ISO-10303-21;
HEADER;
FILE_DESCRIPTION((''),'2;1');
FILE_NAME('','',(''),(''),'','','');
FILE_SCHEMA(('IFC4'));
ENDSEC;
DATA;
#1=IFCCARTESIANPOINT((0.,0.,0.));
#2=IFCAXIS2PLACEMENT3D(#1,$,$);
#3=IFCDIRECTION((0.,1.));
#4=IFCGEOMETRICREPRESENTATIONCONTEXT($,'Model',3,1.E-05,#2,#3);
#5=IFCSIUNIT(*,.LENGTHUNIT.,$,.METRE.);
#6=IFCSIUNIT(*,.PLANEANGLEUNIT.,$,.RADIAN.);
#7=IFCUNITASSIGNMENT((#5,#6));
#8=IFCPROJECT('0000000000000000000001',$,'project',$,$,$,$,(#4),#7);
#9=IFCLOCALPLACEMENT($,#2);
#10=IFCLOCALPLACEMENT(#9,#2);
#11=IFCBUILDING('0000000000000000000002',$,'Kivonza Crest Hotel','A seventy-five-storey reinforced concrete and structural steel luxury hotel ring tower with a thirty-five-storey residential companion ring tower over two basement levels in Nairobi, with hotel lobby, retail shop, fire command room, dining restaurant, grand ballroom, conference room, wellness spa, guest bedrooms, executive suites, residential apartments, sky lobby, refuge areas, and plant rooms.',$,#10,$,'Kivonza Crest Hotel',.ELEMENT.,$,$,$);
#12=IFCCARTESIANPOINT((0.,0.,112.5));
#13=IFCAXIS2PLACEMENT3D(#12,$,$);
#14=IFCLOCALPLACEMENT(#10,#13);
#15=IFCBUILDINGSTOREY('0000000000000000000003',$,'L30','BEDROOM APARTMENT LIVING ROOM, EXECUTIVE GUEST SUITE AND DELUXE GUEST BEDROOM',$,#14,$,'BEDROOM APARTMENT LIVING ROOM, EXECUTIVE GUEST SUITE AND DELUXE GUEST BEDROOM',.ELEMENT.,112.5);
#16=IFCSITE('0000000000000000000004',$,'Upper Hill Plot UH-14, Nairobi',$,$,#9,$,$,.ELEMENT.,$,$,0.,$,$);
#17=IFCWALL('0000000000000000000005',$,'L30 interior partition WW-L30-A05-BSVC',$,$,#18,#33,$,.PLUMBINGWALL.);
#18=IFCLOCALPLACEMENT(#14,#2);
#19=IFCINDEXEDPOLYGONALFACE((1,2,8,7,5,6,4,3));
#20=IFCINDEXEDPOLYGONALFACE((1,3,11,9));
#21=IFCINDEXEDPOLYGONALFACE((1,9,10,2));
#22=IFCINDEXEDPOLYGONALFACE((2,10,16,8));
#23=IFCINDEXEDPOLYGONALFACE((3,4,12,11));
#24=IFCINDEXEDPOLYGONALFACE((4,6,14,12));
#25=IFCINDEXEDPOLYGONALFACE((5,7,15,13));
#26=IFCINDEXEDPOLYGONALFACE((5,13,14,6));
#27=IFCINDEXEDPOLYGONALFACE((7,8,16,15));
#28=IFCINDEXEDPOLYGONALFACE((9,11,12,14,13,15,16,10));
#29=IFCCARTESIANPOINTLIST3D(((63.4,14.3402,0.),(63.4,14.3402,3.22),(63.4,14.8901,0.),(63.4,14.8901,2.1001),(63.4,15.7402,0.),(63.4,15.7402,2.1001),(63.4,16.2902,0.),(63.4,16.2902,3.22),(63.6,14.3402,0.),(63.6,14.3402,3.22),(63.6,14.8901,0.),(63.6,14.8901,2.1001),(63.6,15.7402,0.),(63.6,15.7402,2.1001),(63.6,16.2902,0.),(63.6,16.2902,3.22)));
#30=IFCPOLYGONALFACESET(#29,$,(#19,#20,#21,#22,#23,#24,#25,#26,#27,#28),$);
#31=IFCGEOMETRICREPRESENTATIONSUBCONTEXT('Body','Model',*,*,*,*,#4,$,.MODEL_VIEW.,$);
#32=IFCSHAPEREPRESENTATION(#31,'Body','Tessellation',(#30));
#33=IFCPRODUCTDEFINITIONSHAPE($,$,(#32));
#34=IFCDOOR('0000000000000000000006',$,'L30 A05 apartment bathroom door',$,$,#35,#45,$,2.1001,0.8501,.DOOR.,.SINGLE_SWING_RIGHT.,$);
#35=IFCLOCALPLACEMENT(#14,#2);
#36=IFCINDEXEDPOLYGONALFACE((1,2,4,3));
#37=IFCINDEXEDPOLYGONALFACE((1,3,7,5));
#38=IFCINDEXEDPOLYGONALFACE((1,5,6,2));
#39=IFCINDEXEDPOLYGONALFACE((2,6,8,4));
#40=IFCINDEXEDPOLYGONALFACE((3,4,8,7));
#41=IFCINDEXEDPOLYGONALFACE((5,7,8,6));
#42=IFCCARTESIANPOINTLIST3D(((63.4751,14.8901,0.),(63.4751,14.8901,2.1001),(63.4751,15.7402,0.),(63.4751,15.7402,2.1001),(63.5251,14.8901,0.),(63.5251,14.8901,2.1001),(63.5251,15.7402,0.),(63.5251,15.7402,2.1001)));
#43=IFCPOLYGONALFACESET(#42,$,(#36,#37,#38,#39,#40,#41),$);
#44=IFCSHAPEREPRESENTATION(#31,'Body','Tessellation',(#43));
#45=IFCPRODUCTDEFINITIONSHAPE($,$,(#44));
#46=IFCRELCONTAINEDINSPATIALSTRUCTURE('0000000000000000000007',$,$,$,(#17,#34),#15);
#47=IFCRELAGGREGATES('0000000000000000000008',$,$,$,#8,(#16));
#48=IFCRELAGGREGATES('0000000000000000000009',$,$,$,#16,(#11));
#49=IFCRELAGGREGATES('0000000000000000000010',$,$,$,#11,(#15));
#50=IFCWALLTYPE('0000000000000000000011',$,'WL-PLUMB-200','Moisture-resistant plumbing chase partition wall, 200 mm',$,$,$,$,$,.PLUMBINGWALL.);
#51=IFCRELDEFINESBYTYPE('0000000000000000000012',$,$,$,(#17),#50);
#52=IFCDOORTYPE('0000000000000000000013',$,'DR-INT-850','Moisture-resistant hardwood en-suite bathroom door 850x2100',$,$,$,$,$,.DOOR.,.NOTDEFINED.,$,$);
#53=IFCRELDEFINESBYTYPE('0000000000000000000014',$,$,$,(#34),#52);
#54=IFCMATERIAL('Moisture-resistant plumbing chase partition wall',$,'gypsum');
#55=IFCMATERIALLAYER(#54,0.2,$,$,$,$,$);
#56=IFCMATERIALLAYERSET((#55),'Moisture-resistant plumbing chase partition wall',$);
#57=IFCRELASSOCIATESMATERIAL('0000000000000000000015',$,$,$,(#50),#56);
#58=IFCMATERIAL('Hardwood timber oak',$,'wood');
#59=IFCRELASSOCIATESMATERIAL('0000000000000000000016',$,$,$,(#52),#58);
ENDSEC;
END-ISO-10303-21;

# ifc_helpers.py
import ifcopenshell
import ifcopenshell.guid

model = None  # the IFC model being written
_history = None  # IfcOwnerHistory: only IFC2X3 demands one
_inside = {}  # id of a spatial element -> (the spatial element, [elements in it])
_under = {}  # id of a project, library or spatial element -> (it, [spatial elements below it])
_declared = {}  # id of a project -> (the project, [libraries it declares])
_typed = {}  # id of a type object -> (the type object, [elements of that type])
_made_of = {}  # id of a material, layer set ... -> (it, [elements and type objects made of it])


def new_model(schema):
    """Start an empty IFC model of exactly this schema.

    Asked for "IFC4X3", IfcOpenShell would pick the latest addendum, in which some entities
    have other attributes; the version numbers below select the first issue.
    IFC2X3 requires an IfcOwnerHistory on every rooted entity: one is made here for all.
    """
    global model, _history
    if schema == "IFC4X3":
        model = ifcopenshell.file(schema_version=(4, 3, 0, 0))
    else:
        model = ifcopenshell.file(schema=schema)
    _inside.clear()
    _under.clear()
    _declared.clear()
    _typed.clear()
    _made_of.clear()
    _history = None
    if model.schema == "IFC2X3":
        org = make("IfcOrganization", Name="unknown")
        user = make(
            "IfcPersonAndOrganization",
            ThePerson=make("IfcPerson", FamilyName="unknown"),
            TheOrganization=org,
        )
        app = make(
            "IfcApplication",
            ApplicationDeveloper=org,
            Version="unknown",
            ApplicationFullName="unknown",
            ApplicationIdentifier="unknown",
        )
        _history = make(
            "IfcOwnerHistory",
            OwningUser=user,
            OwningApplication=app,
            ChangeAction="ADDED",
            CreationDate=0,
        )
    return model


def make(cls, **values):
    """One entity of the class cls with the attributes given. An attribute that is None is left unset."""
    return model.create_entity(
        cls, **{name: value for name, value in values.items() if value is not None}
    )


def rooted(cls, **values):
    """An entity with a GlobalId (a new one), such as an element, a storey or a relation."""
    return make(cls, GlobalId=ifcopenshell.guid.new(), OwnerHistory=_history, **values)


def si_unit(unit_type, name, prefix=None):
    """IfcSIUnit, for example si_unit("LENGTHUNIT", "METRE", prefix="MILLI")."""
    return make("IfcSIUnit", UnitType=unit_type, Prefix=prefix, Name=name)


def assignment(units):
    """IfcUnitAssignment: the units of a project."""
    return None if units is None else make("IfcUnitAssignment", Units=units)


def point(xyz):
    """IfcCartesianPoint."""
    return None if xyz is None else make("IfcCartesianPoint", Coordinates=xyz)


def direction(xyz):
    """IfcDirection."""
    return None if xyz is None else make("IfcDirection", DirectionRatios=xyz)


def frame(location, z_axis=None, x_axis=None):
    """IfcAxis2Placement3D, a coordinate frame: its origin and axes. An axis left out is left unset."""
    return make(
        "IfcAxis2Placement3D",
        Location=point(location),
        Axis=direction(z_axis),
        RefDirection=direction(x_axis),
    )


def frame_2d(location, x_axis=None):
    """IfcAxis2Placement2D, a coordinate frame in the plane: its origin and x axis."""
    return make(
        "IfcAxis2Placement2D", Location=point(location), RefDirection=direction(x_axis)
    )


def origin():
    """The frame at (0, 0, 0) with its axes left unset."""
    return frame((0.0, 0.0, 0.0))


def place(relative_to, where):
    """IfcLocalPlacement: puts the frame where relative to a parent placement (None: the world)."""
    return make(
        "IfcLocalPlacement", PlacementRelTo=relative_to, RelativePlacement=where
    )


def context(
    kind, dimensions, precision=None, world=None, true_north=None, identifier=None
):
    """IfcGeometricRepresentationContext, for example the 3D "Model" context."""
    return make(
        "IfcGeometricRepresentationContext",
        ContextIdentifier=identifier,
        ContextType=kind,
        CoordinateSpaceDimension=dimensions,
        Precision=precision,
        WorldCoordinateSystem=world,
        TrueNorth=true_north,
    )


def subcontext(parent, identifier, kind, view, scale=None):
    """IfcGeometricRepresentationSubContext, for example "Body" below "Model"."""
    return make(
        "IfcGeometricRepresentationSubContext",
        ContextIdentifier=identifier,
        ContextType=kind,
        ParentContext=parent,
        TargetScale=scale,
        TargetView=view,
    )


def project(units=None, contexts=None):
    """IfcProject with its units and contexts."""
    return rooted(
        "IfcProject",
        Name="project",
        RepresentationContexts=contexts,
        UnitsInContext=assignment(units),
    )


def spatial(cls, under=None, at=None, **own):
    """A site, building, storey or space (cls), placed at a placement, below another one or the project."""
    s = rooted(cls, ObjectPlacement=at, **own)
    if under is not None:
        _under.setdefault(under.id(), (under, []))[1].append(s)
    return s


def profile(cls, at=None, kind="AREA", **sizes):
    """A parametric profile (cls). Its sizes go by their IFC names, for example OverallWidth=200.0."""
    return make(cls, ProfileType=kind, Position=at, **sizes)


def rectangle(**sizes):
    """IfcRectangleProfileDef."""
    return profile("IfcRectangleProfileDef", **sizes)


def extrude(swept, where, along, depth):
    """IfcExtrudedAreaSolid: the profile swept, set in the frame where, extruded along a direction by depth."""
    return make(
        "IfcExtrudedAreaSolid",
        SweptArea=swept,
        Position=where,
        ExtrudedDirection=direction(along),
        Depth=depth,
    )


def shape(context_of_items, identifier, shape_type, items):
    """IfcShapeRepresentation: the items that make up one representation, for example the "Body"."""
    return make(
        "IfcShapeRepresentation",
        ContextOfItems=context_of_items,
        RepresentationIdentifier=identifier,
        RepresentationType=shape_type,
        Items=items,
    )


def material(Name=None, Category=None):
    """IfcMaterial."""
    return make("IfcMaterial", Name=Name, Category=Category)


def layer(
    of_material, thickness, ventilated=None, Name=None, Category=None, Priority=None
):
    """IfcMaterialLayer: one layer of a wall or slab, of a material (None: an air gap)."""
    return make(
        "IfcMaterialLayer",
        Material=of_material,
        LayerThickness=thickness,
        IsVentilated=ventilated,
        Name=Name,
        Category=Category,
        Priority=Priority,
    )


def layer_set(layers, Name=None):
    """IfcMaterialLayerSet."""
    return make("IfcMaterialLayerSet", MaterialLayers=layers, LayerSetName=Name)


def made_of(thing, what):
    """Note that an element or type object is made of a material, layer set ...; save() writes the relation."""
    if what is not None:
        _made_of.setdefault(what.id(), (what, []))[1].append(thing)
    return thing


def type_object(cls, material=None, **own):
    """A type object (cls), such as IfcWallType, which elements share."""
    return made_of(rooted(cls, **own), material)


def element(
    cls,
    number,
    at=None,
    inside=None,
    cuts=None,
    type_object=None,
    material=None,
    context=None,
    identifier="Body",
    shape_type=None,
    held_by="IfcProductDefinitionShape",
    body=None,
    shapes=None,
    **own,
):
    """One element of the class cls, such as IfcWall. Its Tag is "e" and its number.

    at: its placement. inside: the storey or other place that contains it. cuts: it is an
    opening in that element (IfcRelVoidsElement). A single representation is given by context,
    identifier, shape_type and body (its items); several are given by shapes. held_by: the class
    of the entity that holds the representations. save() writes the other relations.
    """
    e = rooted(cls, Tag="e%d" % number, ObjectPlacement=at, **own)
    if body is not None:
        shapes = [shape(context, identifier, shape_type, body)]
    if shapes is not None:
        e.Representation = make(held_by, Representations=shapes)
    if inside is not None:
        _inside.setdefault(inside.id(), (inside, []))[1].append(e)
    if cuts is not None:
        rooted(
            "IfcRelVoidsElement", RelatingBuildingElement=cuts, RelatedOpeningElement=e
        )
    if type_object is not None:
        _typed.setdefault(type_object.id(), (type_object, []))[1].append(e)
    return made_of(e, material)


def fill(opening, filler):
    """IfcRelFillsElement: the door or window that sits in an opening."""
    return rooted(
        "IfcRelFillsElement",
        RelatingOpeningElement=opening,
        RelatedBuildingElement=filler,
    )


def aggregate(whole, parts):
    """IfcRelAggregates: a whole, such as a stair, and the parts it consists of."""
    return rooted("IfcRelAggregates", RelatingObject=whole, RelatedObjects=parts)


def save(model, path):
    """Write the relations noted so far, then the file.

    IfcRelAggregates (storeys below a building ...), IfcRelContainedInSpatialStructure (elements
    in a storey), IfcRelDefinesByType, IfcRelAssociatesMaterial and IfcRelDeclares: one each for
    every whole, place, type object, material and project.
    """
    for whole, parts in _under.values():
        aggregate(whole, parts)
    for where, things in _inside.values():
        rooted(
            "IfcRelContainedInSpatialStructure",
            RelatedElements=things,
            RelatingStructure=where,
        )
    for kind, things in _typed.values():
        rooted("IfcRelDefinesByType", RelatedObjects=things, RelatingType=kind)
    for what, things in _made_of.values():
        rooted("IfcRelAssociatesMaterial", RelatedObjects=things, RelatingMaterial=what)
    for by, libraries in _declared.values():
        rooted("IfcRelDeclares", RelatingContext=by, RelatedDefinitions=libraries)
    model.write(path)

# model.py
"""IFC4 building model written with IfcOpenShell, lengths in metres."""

from ifc_helpers import new_model, si_unit, direction, frame, frame_2d, origin, place, context, subcontext, project, spatial, rectangle, extrude, material, layer, layer_set, type_object, element, fill, save


model = new_model("IFC4")

# Units and contexts
model_context = context("Model", 3, precision=1e-05, world=origin(), true_north=direction((0.0, 1.0)))
body_context = subcontext(model_context, "Body", "Model", "MODEL_VIEW")
ifc_project = project(units=[si_unit("LENGTHUNIT", "METRE"), si_unit("PLANEANGLEUNIT", "RADIAN")], contexts=[model_context])

# Site, building, storey
site_placement = place(None, origin())
site = spatial("IfcSite", under=ifc_project, at=site_placement, Name="Upper Hill Plot UH-14, Nairobi", CompositionType="ELEMENT", RefElevation=0.0)
building_placement = place(site_placement, origin())
building = spatial("IfcBuilding", under=site, at=building_placement, Name="Kivonza Crest Hotel", Description="A seventy-five-storey reinforced concrete and structural steel luxury hotel ring tower with a thirty-five-storey residential companion ring tower over two basement levels in Nairobi, with hotel lobby, retail shop, fire command room, dining restaurant, grand ballroom, conference room, wellness spa, guest bedrooms, executive suites, residential apartments, sky lobby, refuge areas, and plant rooms.", LongName="Kivonza Crest Hotel", CompositionType="ELEMENT")
storey_placement = place(building_placement, frame((0.0, 0.0, 112.5)))
storey = spatial("IfcBuildingStorey", under=building, at=storey_placement, Name="L30", Description="BEDROOM APARTMENT LIVING ROOM, EXECUTIVE GUEST SUITE AND DELUXE GUEST BEDROOM", LongName="BEDROOM APARTMENT LIVING ROOM, EXECUTIVE GUEST SUITE AND DELUXE GUEST BEDROOM", CompositionType="ELEMENT", Elevation=112.5)

# Wall, opening, door
ifc_material_1 = material(Name="Hardwood timber oak", Category="wood")
ifc_material_2 = material(Name="Moisture-resistant plumbing chase partition wall", Category="gypsum")
ifc_layer_1 = layer(ifc_material_2, 0.2)
ifc_layer_set_1 = layer_set([ifc_layer_1], Name="Moisture-resistant plumbing chase partition wall")
wall_type_1 = type_object("IfcWallType", Name="WL-PLUMB-200", Description="Moisture-resistant plumbing chase partition wall, 200 mm", PredefinedType="PLUMBINGWALL", material=ifc_layer_set_1)
wall_1_placement = place(storey_placement, frame((63.5, 14.3401, 0.0), z_axis=(0.0, 0.0, 1.0), x_axis=(0.0, 1.0, 0.0)))
wall_1 = element("IfcWall", 1, at=wall_1_placement, inside=storey, type_object=wall_type_1, Name="L30 interior partition WW-L30-A05-BSVC", PredefinedType="PLUMBINGWALL", context=body_context, shape_type="SweptSolid", body=[
    extrude(rectangle(XDim=1.95, YDim=0.2, at=frame_2d((0.9751, 0.0))), origin(), (0.0, 0.0, 1.0), 3.22),
])
opening_1_placement = place(wall_1_placement, frame((0.55, 0.0, 0.0)))
opening_1 = element("IfcOpeningElement", 2, at=opening_1_placement, cuts=wall_1, PredefinedType="OPENING", context=body_context, shape_type="SweptSolid", body=[
    extrude(rectangle(XDim=0.8501, YDim=2.1001, at=frame_2d((0.425, 1.05))), frame((0.0, 0.1099, 0.0), z_axis=(0.0, -1.0, 0.0), x_axis=(1.0, 0.0, 0.0)), (0.0, 0.0, 1.0), 0.22),
])
door_type_1 = type_object("IfcDoorType", Name="DR-INT-850", Description="Moisture-resistant hardwood en-suite bathroom door 850x2100", OperationType="NOTDEFINED", PredefinedType="DOOR", material=ifc_material_1)
door_1_placement = place(opening_1_placement, origin())
door_1 = element("IfcDoor", 3, at=door_1_placement, inside=storey, type_object=door_type_1, Name="L30 A05 apartment bathroom door", OperationType="SINGLE_SWING_RIGHT", OverallHeight=2.1001, OverallWidth=0.8501, PredefinedType="DOOR", context=body_context, shape_type="SweptSolid", body=[
    extrude(rectangle(XDim=0.8501, YDim=2.1001, at=frame_2d((0.425, 1.05))), frame((0.0, 0.0249, 0.0), z_axis=(0.0, -1.0, 0.0), x_axis=(1.0, 0.0, 0.0)), (0.0, 0.0, 1.0), 0.05),
])
fill(opening_1, door_1)

save(model, "model.ifc")
